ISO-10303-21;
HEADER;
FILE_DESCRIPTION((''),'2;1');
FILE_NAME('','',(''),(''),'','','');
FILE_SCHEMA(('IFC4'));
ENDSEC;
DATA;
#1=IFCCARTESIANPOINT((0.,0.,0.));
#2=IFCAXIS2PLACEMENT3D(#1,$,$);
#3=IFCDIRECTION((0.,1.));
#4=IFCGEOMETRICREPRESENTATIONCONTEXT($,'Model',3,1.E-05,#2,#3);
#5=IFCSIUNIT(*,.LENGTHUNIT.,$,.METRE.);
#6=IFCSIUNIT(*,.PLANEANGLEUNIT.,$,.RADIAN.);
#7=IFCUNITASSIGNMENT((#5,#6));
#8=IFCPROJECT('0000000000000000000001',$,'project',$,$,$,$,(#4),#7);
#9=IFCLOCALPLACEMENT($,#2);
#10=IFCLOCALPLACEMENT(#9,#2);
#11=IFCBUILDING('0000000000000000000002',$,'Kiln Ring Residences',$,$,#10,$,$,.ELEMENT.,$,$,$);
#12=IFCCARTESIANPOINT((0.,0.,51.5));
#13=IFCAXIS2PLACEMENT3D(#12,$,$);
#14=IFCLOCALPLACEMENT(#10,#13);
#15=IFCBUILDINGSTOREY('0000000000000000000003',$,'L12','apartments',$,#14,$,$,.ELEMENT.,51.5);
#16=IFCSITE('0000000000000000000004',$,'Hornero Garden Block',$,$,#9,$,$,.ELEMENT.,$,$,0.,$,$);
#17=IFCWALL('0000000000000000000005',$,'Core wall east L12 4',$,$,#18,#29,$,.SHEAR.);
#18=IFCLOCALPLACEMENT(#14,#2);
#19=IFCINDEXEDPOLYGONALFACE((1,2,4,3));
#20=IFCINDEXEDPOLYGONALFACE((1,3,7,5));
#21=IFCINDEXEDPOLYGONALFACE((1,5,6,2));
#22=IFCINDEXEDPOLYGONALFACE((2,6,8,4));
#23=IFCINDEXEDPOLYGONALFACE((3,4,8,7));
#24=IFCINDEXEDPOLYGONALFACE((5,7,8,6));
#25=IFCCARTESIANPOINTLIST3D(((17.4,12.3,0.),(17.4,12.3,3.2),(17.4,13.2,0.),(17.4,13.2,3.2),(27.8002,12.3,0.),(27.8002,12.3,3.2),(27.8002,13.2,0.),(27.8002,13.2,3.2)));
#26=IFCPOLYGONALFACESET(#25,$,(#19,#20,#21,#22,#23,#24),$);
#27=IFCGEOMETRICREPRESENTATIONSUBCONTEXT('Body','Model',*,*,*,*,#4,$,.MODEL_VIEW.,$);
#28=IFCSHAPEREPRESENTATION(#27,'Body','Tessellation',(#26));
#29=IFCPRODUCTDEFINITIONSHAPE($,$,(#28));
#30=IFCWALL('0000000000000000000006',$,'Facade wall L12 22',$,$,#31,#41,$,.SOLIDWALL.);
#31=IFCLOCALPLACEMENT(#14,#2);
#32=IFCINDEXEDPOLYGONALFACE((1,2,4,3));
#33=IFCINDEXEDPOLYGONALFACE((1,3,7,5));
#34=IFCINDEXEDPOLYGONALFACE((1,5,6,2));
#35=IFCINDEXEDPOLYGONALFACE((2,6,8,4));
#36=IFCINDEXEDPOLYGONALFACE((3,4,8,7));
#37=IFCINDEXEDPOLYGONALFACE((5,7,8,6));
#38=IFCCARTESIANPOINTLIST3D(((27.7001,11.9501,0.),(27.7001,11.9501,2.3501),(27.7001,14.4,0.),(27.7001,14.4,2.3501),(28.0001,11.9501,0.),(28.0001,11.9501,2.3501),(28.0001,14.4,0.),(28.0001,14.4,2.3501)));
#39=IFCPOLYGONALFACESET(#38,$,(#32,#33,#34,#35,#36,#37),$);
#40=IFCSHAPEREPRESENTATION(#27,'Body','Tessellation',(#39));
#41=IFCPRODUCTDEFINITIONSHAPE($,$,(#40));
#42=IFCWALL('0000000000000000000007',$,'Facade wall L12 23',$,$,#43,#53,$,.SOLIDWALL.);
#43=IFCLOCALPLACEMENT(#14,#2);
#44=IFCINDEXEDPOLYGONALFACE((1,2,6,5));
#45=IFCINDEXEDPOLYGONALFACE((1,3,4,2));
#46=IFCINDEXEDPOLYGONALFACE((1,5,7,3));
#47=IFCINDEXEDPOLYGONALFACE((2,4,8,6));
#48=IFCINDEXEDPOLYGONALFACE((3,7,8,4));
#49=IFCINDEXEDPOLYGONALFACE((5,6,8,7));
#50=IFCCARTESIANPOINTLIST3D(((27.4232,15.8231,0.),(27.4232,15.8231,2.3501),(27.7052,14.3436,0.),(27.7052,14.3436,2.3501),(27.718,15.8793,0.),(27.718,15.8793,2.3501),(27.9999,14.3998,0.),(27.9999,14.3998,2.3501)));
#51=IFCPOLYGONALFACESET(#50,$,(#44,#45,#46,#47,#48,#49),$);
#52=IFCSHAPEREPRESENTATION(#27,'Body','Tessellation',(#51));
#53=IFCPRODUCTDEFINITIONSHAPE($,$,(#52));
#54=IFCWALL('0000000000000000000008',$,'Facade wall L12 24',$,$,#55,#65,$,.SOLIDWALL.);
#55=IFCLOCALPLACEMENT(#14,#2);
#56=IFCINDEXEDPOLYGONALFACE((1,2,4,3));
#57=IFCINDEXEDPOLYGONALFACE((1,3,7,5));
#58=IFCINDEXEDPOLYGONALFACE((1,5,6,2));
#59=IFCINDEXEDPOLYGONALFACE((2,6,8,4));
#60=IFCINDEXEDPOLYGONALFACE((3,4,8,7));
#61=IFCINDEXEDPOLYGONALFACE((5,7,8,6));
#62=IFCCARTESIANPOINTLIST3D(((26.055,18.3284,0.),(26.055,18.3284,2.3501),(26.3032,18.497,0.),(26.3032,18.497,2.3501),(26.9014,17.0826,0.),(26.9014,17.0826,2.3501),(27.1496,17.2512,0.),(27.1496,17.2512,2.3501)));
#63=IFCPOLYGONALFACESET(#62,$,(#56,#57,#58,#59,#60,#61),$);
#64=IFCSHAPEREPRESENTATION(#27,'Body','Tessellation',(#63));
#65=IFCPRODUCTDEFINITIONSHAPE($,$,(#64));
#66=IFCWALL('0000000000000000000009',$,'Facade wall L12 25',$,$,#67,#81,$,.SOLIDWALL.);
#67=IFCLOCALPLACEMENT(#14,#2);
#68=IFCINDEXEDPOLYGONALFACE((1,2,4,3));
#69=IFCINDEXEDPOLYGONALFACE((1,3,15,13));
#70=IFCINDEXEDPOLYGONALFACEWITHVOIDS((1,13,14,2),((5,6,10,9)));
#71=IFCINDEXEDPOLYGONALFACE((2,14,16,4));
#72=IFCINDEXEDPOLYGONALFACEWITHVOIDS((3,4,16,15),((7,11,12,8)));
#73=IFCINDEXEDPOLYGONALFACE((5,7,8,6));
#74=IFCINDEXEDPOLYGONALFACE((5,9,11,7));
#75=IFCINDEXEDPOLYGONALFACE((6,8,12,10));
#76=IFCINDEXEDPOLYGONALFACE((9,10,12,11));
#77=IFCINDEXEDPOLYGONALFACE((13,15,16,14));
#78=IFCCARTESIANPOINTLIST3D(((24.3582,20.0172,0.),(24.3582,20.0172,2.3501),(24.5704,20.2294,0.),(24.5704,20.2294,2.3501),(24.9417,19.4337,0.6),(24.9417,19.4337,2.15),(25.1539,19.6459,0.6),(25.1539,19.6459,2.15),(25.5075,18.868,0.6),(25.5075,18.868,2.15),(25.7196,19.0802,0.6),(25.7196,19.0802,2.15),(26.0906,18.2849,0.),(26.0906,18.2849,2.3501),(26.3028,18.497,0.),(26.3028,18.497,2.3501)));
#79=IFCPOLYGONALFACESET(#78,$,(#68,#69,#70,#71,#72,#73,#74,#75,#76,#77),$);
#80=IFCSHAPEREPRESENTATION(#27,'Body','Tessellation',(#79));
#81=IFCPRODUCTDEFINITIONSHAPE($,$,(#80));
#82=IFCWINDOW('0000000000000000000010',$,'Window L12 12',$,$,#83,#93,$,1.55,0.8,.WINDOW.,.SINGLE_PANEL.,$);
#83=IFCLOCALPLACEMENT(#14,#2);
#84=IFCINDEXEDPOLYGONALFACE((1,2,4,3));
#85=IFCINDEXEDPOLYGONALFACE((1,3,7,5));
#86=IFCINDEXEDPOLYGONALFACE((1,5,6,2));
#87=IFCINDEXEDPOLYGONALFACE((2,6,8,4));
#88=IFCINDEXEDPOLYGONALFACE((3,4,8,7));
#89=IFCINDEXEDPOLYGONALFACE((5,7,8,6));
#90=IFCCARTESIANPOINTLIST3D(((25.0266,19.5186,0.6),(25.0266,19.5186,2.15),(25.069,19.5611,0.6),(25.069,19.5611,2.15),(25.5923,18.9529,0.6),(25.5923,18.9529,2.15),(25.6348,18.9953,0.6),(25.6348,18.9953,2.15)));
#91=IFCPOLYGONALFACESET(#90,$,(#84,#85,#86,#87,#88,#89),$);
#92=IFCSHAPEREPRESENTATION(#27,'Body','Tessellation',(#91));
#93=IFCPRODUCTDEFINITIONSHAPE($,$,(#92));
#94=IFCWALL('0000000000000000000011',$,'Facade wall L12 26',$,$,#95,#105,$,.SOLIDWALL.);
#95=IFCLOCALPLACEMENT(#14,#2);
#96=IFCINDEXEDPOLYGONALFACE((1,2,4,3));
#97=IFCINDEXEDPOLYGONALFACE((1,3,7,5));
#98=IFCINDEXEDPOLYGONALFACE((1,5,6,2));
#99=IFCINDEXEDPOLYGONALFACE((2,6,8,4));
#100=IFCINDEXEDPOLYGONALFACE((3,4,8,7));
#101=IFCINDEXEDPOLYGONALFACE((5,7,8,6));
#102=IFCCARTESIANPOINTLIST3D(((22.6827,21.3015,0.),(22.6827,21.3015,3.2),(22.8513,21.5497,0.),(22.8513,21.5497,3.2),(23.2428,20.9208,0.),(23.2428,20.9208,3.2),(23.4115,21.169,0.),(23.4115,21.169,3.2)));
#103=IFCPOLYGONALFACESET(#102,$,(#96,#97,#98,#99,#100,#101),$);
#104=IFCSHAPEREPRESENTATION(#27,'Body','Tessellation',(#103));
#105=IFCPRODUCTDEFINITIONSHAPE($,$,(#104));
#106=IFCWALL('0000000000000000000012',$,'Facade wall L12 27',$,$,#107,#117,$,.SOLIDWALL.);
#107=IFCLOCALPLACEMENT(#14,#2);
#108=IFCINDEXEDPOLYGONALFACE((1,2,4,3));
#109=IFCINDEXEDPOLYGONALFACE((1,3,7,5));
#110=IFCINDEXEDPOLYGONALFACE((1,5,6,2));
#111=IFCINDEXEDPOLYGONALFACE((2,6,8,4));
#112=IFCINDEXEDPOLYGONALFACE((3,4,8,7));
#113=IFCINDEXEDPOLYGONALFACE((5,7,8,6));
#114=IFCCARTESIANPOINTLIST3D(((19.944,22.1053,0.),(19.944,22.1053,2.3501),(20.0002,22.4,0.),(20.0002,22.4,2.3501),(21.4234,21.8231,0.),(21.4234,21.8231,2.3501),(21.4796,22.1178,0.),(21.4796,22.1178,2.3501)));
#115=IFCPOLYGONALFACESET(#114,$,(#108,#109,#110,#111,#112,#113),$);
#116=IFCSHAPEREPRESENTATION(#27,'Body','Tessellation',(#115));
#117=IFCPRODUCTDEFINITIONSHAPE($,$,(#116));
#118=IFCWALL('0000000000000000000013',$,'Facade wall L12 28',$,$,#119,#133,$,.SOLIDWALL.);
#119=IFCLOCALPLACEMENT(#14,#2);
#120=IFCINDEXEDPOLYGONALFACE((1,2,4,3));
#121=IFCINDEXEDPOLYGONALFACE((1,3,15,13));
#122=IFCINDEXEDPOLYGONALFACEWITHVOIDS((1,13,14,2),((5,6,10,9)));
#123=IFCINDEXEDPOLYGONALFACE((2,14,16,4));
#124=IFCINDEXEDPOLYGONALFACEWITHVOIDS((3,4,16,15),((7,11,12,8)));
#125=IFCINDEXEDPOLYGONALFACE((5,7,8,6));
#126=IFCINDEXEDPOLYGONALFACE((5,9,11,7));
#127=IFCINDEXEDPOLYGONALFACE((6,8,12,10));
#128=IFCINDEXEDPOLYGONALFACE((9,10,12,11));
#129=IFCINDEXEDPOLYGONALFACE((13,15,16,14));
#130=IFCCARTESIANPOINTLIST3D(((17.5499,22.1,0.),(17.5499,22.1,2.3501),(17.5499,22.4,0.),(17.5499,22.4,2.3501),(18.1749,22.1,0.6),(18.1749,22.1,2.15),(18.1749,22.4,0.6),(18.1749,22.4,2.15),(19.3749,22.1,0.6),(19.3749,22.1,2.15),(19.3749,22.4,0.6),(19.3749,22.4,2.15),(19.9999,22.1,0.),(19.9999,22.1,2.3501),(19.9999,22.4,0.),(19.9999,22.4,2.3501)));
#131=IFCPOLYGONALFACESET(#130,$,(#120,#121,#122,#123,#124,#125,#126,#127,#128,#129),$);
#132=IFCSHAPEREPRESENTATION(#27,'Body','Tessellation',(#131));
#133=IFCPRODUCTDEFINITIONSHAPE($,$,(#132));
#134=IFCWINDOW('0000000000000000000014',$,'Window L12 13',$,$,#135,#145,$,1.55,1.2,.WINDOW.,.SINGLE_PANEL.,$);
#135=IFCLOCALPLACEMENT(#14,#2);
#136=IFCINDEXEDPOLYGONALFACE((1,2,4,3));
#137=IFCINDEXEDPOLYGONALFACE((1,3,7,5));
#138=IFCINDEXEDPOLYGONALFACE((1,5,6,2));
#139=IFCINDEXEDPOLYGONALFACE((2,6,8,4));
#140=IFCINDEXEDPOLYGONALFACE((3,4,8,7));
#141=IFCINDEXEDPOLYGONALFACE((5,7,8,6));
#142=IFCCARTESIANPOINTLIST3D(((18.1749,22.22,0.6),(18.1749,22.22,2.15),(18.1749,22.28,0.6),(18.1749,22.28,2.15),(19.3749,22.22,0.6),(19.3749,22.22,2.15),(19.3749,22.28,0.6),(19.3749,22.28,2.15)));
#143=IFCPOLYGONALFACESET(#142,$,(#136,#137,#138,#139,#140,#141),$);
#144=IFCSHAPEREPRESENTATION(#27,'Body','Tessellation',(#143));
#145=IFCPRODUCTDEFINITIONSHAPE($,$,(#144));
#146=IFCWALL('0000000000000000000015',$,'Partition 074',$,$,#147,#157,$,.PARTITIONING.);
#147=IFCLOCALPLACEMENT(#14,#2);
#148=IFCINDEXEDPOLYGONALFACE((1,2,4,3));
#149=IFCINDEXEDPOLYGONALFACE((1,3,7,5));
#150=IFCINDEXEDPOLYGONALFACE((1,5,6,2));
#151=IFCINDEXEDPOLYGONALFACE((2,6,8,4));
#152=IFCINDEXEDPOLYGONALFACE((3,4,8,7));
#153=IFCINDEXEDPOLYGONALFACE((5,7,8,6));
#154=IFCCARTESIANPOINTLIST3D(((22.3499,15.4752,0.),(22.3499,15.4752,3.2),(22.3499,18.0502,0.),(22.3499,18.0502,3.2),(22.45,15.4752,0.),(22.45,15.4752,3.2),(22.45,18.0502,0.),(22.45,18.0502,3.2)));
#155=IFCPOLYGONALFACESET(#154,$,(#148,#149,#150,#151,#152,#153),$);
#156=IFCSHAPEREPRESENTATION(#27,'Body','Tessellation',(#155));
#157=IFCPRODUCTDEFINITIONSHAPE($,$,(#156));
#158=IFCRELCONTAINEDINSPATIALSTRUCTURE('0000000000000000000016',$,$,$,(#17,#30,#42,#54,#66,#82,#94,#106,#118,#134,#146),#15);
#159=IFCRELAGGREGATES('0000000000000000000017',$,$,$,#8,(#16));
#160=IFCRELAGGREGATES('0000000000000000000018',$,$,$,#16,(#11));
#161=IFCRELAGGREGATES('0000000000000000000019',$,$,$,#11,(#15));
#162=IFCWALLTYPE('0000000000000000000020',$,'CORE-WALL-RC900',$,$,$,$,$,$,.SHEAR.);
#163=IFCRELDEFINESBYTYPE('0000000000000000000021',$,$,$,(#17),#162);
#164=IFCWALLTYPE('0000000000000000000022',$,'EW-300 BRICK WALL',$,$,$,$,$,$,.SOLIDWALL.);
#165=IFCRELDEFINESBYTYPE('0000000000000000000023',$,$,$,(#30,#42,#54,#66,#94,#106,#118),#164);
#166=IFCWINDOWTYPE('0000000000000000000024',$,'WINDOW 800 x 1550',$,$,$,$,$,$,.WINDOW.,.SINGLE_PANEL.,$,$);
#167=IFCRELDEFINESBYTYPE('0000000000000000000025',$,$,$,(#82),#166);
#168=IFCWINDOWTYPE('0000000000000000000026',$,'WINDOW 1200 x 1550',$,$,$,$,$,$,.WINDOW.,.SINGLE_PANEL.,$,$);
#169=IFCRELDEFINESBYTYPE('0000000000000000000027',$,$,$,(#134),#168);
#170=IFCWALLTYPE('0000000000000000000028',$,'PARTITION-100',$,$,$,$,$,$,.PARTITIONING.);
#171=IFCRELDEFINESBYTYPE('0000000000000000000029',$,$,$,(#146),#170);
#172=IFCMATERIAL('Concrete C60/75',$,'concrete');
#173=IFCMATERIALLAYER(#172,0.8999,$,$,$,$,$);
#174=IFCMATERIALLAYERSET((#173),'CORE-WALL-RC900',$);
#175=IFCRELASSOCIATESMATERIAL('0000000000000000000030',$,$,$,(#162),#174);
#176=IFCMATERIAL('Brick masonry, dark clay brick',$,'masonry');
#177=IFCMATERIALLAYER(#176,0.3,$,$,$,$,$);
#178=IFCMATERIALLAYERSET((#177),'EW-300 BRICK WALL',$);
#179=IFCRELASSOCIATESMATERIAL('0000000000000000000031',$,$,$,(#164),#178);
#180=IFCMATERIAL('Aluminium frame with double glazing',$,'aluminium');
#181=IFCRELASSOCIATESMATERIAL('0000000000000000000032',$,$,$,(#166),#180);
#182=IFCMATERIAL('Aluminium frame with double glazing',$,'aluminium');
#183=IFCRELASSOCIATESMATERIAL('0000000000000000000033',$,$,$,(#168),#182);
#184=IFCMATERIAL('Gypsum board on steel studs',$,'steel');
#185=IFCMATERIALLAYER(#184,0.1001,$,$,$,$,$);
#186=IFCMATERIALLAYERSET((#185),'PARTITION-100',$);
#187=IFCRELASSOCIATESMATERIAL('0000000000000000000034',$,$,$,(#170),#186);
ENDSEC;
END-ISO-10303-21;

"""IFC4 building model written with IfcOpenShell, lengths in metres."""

from ifc_helpers import new_model, si_unit, direction, frame, frame_2d, origin, place, context, subcontext, project, spatial, rectangle, extrude, material, layer, layer_set, type_object, element, fill, save


model = new_model("IFC4")

# Units and contexts
model_context = context("Model", 3, precision=1e-05, world=origin(), true_north=direction((0.0, 1.0)))
body_context = subcontext(model_context, "Body", "Model", "MODEL_VIEW")
ifc_project = project(units=[si_unit("LENGTHUNIT", "METRE"), si_unit("PLANEANGLEUNIT", "RADIAN")], contexts=[model_context])

# Site, building, storey
site_placement = place(None, origin())
site = spatial("IfcSite", under=ifc_project, at=site_placement, Name="Hornero Garden Block", CompositionType="ELEMENT", RefElevation=0.0)
building_placement = place(site_placement, origin())
building = spatial("IfcBuilding", under=site, at=building_placement, Name="Kiln Ring Residences", CompositionType="ELEMENT")
storey_placement = place(building_placement, frame((0.0, 0.0, 51.5)))
storey = spatial("IfcBuildingStorey", under=building, at=storey_placement, Name="L12", Description="apartments", CompositionType="ELEMENT", Elevation=51.5)

# Walls
ifc_material_1 = material(Name="Concrete C60/75", Category="concrete")
ifc_layer_1 = layer(ifc_material_1, 0.8999)
ifc_layer_set_1 = layer_set([ifc_layer_1], Name="CORE-WALL-RC900")
wall_type_1 = type_object("IfcWallType", Name="CORE-WALL-RC900", PredefinedType="SHEAR", material=ifc_layer_set_1)
wall_1_placement = place(storey_placement, frame((17.3999, 12.75, 0.0), z_axis=(0.0, 0.0, 1.0), x_axis=(1.0, 0.0, 0.0)))
element("IfcWall", 1, at=wall_1_placement, inside=storey, type_object=wall_type_1, Name="Core wall east L12 4", PredefinedType="SHEAR", context=body_context, shape_type="SweptSolid", body=[
    extrude(rectangle(XDim=10.4001, YDim=0.8999, at=frame_2d((5.2002, 0.0))), origin(), (0.0, 0.0, 1.0), 3.2),
])
ifc_material_2 = material(Name="Brick masonry, dark clay brick", Category="masonry")
ifc_layer_2 = layer(ifc_material_2, 0.3)
ifc_layer_set_2 = layer_set([ifc_layer_2], Name="EW-300 BRICK WALL")
wall_type_2 = type_object("IfcWallType", Name="EW-300 BRICK WALL", PredefinedType="SOLIDWALL", material=ifc_layer_set_2)
wall_2_placement = place(storey_placement, frame((27.8501, 11.95, 0.0), z_axis=(0.0, 0.0, 1.0), x_axis=(0.0, 1.0, 0.0)))
element("IfcWall", 2, at=wall_2_placement, inside=storey, type_object=wall_type_2, Name="Facade wall L12 22", PredefinedType="SOLIDWALL", context=body_context, shape_type="SweptSolid", body=[
    extrude(rectangle(XDim=2.45, YDim=0.3, at=frame_2d((1.2251, 0.0))), origin(), (0.0, 0.0, 1.0), 2.3501),
])
for number, where, z_axis, x_axis, name in (
    (3, (27.8525, 14.3718, 0.0), (0.0, 0.0, 1.0), (-0.187224, 0.982317, 0.0), "Facade wall L12 23"),
    (4, (27.0254, 17.167, 0.0), (0.0, 0.0, 1.0), (-0.561973, 0.827156, 0.0), "Facade wall L12 24"),
):
    element("IfcWall", number, at=place(storey_placement, frame(where, z_axis=z_axis, x_axis=x_axis)), inside=storey, type_object=wall_type_2, Name=name, PredefinedType="SOLIDWALL", context=body_context, shape_type="SweptSolid", body=[
        extrude(rectangle(XDim=1.5061, YDim=0.3, at=frame_2d((0.7529, 0.0))), origin(), (0.0, 0.0, 1.0), 2.3501),
    ])

# Wall, opening, window
wall_3_placement = place(storey_placement, frame((26.1968, 18.3909, 0.0), z_axis=(0.0, 0.0, 1.0), x_axis=(-0.707107, 0.707107, 0.0)))
wall_3 = element("IfcWall", 5, at=wall_3_placement, inside=storey, type_object=wall_type_2, Name="Facade wall L12 25", PredefinedType="SOLIDWALL", context=body_context, shape_type="SweptSolid", body=[
    extrude(rectangle(XDim=2.45, YDim=0.3, at=frame_2d((1.2251, 0.0))), origin(), (0.0, 0.0, 1.0), 2.3501),
])
opening_1_placement = place(wall_3_placement, frame((0.825, 0.0, 0.6001)))
opening_1 = element("IfcOpeningElement", 6, at=opening_1_placement, cuts=wall_3, PredefinedType="OPENING", context=body_context, shape_type="SweptSolid", body=[
    extrude(rectangle(XDim=0.8, YDim=1.55, at=frame_2d((0.3999, 0.7749))), frame((0.0, 0.1599, 0.0), z_axis=(0.0, -1.0, 0.0), x_axis=(1.0, 0.0, 0.0)), (0.0, 0.0, 1.0), 0.3201),
])
ifc_material_3 = material(Name="Aluminium frame with double glazing", Category="aluminium")
window_type_1 = type_object("IfcWindowType", Name="WINDOW 800 x 1550", PartitioningType="SINGLE_PANEL", PredefinedType="WINDOW", material=ifc_material_3)
window_1_placement = place(opening_1_placement, origin())
window_1 = element("IfcWindow", 7, at=window_1_placement, inside=storey, type_object=window_type_1, Name="Window L12 12", OverallHeight=1.55, OverallWidth=0.8, PartitioningType="SINGLE_PANEL", PredefinedType="WINDOW", context=body_context, shape_type="SweptSolid", body=[
    extrude(rectangle(XDim=0.8, YDim=1.55, at=frame_2d((0.3999, 0.7749))), frame((0.0, 0.03, 0.0), z_axis=(0.0, -1.0, 0.0), x_axis=(1.0, 0.0, 0.0)), (0.0, 0.0, 1.0), 0.0601),
])
fill(opening_1, window_1)

# Walls
wall_4_placement = place(storey_placement, frame((23.3271, 21.0449, 0.0), z_axis=(0.0, 0.0, 1.0), x_axis=(-0.827081, 0.562083, 0.0)))
element("IfcWall", 8, at=wall_4_placement, inside=storey, type_object=wall_type_2, Name="Facade wall L12 26", PredefinedType="SOLIDWALL", context=body_context, shape_type="SweptSolid", body=[
    extrude(rectangle(XDim=0.6772, YDim=0.3, at=frame_2d((0.3386, 0.0))), origin(), (0.0, 0.0, 1.0), 3.2),
])
wall_5_placement = place(storey_placement, frame((21.4514, 21.9705, 0.0), z_axis=(0.0, 0.0, 1.0), x_axis=(-0.982287, 0.18738, 0.0)))
element("IfcWall", 9, at=wall_5_placement, inside=storey, type_object=wall_type_2, Name="Facade wall L12 27", PredefinedType="SOLIDWALL", context=body_context, shape_type="SweptSolid", body=[
    extrude(rectangle(XDim=1.5061, YDim=0.3, at=frame_2d((0.7529, 0.0))), origin(), (0.0, 0.0, 1.0), 2.3501),
])

# Wall, opening, window
wall_6_placement = place(storey_placement, frame((20.0, 22.25, 0.0), z_axis=(0.0, 0.0, 1.0), x_axis=(-1.0, 0.0, 0.0)))
wall_6 = element("IfcWall", 10, at=wall_6_placement, inside=storey, type_object=wall_type_2, Name="Facade wall L12 28", PredefinedType="SOLIDWALL", context=body_context, shape_type="SweptSolid", body=[
    extrude(rectangle(XDim=2.45, YDim=0.3, at=frame_2d((1.2251, 0.0))), origin(), (0.0, 0.0, 1.0), 2.3501),
])
opening_2_placement = place(wall_6_placement, frame((0.625, 0.0, 0.6001)))
opening_2 = element("IfcOpeningElement", 11, at=opening_2_placement, cuts=wall_6, PredefinedType="OPENING", context=body_context, shape_type="SweptSolid", body=[
    extrude(rectangle(XDim=1.2, YDim=1.55, at=frame_2d((0.6001, 0.7749))), frame((0.0, 0.1599, 0.0), z_axis=(0.0, -1.0, 0.0), x_axis=(1.0, 0.0, 0.0)), (0.0, 0.0, 1.0), 0.3201),
])
ifc_material_4 = material(Name="Aluminium frame with double glazing", Category="aluminium")
window_type_2 = type_object("IfcWindowType", Name="WINDOW 1200 x 1550", PartitioningType="SINGLE_PANEL", PredefinedType="WINDOW", material=ifc_material_4)
window_2_placement = place(opening_2_placement, origin())
window_2 = element("IfcWindow", 12, at=window_2_placement, inside=storey, type_object=window_type_2, Name="Window L12 13", OverallHeight=1.55, OverallWidth=1.2, PartitioningType="SINGLE_PANEL", PredefinedType="WINDOW", context=body_context, shape_type="SweptSolid", body=[
    extrude(rectangle(XDim=1.2, YDim=1.55, at=frame_2d((0.6001, 0.7749))), frame((0.0, 0.03, 0.0), z_axis=(0.0, -1.0, 0.0), x_axis=(1.0, 0.0, 0.0)), (0.0, 0.0, 1.0), 0.0601),
])
fill(opening_2, window_2)

# Wall
ifc_material_5 = material(Name="Gypsum board on steel studs", Category="steel")
ifc_layer_3 = layer(ifc_material_5, 0.1001)
ifc_layer_set_3 = layer_set([ifc_layer_3], Name="PARTITION-100")
wall_type_3 = type_object("IfcWallType", Name="PARTITION-100", PredefinedType="PARTITIONING", material=ifc_layer_set_3)
wall_7_placement = place(storey_placement, frame((22.3999, 15.4751, 0.0), z_axis=(0.0, 0.0, 1.0), x_axis=(0.0, 1.0, 0.0)))
element("IfcWall", 13, at=wall_7_placement, inside=storey, type_object=wall_type_3, Name="Partition 074", PredefinedType="PARTITIONING", context=body_context, shape_type="SweptSolid", body=[
    extrude(rectangle(XDim=2.575, YDim=0.1001, at=frame_2d((1.2876, 0.0))), origin(), (0.0, 0.0, 1.0), 3.2),
])

save(model, "model.ifc")
